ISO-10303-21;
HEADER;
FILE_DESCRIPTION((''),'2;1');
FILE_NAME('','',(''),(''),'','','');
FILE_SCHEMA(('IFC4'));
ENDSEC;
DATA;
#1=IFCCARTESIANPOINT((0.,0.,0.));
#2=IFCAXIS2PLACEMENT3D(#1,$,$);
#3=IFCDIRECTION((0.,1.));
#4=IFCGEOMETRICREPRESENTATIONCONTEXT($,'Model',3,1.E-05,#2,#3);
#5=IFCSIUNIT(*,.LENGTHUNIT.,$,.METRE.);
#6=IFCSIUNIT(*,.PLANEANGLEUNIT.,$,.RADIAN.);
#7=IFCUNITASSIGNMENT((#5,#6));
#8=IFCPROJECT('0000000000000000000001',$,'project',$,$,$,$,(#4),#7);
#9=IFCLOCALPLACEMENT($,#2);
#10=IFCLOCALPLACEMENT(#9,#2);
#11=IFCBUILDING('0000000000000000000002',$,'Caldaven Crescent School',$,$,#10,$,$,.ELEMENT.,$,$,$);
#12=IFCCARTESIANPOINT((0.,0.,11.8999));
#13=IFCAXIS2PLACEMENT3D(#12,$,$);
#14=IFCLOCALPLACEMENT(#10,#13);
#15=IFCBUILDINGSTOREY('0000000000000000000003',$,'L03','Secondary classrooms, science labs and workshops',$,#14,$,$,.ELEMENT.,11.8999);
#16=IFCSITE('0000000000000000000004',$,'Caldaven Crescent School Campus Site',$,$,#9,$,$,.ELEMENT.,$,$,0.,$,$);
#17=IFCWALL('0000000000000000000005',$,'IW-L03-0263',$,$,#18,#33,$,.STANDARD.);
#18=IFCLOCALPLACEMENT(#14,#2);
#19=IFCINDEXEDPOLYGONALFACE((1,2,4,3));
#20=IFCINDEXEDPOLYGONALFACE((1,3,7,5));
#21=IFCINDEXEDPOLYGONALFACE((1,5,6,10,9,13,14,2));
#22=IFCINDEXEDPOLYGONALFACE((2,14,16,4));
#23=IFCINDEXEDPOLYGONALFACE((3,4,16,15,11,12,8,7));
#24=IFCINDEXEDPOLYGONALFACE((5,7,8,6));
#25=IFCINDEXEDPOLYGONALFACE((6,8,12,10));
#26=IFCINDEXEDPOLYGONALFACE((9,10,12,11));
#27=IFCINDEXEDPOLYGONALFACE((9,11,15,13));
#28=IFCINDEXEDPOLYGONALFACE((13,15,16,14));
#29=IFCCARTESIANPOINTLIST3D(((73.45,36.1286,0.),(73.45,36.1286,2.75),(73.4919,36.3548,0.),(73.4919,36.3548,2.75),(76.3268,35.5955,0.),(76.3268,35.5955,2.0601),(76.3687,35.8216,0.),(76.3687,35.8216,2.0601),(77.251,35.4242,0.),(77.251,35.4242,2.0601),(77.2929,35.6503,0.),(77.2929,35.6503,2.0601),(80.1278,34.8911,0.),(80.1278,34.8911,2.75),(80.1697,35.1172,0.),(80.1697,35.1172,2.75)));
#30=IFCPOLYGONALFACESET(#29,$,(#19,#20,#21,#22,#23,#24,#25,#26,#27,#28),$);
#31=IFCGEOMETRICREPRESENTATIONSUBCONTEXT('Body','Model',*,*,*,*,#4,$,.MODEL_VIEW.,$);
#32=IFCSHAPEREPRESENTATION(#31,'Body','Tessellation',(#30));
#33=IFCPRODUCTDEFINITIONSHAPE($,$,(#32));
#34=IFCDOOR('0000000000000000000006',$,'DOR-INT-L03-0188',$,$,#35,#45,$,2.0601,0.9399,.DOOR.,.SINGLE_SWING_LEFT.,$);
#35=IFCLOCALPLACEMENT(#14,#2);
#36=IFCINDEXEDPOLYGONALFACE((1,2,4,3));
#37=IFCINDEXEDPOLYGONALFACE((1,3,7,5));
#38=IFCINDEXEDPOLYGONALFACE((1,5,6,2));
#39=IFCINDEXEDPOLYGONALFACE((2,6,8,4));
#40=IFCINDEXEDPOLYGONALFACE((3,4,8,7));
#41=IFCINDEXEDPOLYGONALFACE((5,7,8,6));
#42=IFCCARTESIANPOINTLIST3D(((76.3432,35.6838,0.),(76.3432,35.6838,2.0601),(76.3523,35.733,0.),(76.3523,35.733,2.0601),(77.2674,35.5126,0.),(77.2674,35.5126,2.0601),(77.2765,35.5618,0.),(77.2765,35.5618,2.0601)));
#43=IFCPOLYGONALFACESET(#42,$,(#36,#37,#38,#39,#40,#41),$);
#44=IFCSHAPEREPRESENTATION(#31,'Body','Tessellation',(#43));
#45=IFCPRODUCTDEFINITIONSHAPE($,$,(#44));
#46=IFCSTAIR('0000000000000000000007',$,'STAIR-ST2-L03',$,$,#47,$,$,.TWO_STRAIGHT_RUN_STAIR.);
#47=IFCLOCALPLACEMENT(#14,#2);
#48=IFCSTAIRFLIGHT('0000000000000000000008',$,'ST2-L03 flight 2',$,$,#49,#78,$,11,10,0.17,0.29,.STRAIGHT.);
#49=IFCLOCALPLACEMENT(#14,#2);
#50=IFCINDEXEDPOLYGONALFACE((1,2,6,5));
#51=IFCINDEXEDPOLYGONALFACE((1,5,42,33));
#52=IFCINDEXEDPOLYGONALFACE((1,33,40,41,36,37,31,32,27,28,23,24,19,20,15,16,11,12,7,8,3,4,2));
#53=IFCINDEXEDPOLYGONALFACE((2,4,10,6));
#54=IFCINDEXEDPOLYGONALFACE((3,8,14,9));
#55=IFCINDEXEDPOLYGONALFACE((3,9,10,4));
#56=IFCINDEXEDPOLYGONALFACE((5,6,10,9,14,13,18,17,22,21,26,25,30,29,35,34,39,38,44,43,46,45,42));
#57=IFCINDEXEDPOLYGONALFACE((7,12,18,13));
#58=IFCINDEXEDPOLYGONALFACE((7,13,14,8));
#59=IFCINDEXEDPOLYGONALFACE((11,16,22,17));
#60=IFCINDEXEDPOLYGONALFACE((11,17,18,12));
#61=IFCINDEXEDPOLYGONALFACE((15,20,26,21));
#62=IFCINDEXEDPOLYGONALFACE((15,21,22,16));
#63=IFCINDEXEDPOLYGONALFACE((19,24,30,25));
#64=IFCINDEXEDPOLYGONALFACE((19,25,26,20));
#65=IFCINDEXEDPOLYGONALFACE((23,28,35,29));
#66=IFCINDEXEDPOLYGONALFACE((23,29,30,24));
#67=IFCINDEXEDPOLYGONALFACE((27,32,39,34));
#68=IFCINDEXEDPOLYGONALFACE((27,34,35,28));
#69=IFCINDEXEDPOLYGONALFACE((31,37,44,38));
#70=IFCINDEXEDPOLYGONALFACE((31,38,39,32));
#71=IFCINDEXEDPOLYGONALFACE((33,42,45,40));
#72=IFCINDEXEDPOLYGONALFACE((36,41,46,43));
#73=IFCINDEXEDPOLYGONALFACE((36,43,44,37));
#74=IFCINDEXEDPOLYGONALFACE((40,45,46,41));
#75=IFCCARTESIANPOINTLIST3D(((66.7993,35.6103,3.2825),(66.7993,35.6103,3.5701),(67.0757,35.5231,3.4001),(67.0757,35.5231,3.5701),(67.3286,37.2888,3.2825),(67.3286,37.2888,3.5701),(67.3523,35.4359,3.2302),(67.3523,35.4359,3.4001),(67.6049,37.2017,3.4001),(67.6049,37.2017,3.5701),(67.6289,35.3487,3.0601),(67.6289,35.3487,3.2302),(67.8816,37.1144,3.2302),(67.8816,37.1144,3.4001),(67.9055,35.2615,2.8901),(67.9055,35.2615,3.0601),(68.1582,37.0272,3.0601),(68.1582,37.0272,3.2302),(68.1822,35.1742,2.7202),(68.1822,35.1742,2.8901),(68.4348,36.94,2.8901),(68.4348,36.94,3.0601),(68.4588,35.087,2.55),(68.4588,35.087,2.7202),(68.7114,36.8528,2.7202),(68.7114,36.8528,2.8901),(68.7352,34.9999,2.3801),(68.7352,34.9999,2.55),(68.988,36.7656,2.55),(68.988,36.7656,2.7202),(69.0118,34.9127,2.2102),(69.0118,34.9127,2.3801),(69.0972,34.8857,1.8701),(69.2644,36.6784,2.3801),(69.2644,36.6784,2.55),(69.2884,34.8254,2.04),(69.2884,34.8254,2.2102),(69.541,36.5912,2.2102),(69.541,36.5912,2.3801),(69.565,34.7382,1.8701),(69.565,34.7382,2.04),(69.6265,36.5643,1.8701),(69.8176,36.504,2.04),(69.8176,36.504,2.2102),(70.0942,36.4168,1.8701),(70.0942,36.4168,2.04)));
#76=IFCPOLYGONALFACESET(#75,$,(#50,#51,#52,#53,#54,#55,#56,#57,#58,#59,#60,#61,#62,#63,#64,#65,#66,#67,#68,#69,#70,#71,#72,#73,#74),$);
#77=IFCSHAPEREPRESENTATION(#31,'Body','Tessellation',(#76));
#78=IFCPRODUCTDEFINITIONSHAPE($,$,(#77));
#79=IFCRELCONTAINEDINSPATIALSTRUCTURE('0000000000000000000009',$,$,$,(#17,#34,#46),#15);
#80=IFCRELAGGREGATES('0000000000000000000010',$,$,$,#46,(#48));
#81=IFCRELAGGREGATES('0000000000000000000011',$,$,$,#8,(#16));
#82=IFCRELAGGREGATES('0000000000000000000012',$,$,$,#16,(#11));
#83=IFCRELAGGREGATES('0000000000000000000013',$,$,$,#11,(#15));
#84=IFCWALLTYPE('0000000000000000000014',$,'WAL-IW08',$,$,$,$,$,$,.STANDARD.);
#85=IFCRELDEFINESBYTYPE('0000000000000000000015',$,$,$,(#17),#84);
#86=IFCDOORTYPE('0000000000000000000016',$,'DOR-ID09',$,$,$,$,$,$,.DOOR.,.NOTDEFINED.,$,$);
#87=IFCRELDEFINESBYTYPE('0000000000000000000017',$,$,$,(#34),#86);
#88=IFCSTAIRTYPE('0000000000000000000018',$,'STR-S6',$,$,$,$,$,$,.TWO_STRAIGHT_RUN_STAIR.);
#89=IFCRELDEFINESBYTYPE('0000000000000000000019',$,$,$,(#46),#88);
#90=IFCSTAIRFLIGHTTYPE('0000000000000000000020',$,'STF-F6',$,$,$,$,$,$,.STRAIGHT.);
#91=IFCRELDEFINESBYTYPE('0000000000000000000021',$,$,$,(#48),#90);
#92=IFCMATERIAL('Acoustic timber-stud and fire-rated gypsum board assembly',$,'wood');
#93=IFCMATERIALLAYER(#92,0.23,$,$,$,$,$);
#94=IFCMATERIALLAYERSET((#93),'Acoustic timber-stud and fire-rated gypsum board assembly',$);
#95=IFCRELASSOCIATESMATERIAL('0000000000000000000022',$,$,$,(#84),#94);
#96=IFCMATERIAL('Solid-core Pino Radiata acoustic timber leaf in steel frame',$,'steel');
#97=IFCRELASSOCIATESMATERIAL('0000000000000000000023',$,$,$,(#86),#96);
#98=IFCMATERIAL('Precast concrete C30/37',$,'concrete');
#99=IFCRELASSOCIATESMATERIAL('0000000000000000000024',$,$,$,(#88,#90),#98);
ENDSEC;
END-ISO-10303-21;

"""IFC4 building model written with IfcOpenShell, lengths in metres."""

from ifc_helpers import new_model, si_unit, direction, frame, frame_2d, origin, place, context, subcontext, project, spatial, polyline, rectangle, outline, extrude, material, layer, layer_set, type_object, element, fill, aggregate, save


model = new_model("IFC4")

# Units and contexts
model_context = context("Model", 3, precision=1e-05, world=origin(), true_north=direction((0.0, 1.0)))
body_context = subcontext(model_context, "Body", "Model", "MODEL_VIEW")
ifc_project = project(units=[si_unit("LENGTHUNIT", "METRE"), si_unit("PLANEANGLEUNIT", "RADIAN")], contexts=[model_context])

# Site, building, storey
site_placement = place(None, origin())
site = spatial("IfcSite", under=ifc_project, at=site_placement, Name="Caldaven Crescent School Campus Site", CompositionType="ELEMENT", RefElevation=0.0)
building_placement = place(site_placement, origin())
building = spatial("IfcBuilding", under=site, at=building_placement, Name="Caldaven Crescent School", CompositionType="ELEMENT")
storey_placement = place(building_placement, frame((0.0, 0.0, 11.8999)))
storey = spatial("IfcBuildingStorey", under=building, at=storey_placement, Name="L03", Description="Secondary classrooms, science labs and workshops", CompositionType="ELEMENT", Elevation=11.8999)

# Wall, opening, door
ifc_material_1 = material(Name="Acoustic timber-stud and fire-rated gypsum board assembly", Category="wood")
ifc_material_2 = material(Name="Solid-core Pino Radiata acoustic timber leaf in steel frame", Category="steel")
ifc_layer_1 = layer(ifc_material_1, 0.23)
ifc_layer_set_1 = layer_set([ifc_layer_1], Name="Acoustic timber-stud and fire-rated gypsum board assembly")
wall_type_1 = type_object("IfcWallType", Name="WAL-IW08", PredefinedType="STANDARD", material=ifc_layer_set_1)
wall_1_placement = place(storey_placement, frame((73.4709, 36.2417, 0.0), z_axis=(0.0, 0.0, 1.0), x_axis=(0.983257, -0.182222, 0.0)))
wall_1 = element("IfcWall", 1, at=wall_1_placement, inside=storey, type_object=wall_type_1, Name="IW-L03-0263", PredefinedType="STANDARD", context=body_context, shape_type="SweptSolid", body=[
    extrude(rectangle(XDim=6.7915, YDim=0.23, at=frame_2d((3.3958, 0.0))), origin(), (0.0, 0.0, 1.0), 2.75),
])
opening_1_placement = place(wall_1_placement, frame((2.9258, 0.0, 0.0)))
opening_1 = element("IfcOpeningElement", 2, at=opening_1_placement, cuts=wall_1, PredefinedType="OPENING", context=body_context, shape_type="SweptSolid", body=[
    extrude(rectangle(XDim=0.9399, YDim=2.0601, at=frame_2d((0.47, 1.03))), frame((0.0, 0.125, 0.0), z_axis=(0.0, -1.0, 0.0), x_axis=(1.0, 0.0, 0.0)), (0.0, 0.0, 1.0), 0.25),
])
door_type_1 = type_object("IfcDoorType", Name="DOR-ID09", OperationType="NOTDEFINED", PredefinedType="DOOR", material=ifc_material_2)
door_1_placement = place(opening_1_placement, origin())
door_1 = element("IfcDoor", 3, at=door_1_placement, inside=storey, type_object=door_type_1, Name="DOR-INT-L03-0188", OperationType="SINGLE_SWING_LEFT", OverallHeight=2.0601, OverallWidth=0.9399, PredefinedType="DOOR", context=body_context, shape_type="SweptSolid", body=[
    extrude(rectangle(XDim=0.9399, YDim=2.0601, at=frame_2d((0.47, 1.03))), frame((0.0, 0.0249, 0.0), z_axis=(0.0, -1.0, 0.0), x_axis=(1.0, 0.0, 0.0)), (0.0, 0.0, 1.0), 0.05),
])
fill(opening_1, door_1)

# Stair, stair flight
ifc_material_3 = material(Name="Precast concrete C30/37", Category="concrete")
stair_type = type_object("IfcStairType", Name="STR-S6", PredefinedType="TWO_STRAIGHT_RUN_STAIR", material=ifc_material_3)
stair_placement = place(storey_placement, origin())
stair = element("IfcStair", 4, at=stair_placement, inside=storey, type_object=stair_type, Name="STAIR-ST2-L03", PredefinedType="TWO_STRAIGHT_RUN_STAIR")
stair_flight_type = type_object("IfcStairFlightType", Name="STF-F6", PredefinedType="STRAIGHT", material=ifc_material_3)
stair_flight_placement = place(storey_placement, frame((69.8296, 35.5774, 1.8701), z_axis=(0.0, 0.0, 1.0), x_axis=(-0.953717, 0.300706, 0.0)))
stair_flight = element("IfcStairFlight", 5, at=stair_flight_placement, type_object=stair_flight_type, Name="ST2-L03 flight 2", NumberOfRisers=11, NumberOfTreads=10, PredefinedType="STRAIGHT", RiserHeight=0.17, TreadLength=0.29, context=body_context, shape_type="SweptSolid", body=[
    extrude(outline(polyline([(0.0, 0.0), (0.0, 0.1699), (0.29, 0.1699), (0.29, 0.3401), (0.5801, 0.3401), (0.5801, 0.51), (0.8701, 0.51), (0.8701, 0.6799), (1.1599, 0.6799), (1.1599, 0.8501), (1.45, 0.8501), (1.45, 1.02), (1.74, 1.02), (1.74, 1.1899), (2.03, 1.1899), (2.03, 1.3601), (2.3201, 1.3601), (2.3201, 1.53), (2.6101, 1.53), (2.6101, 1.7), (2.8999, 1.7), (2.8999, 1.8701), (2.8999, 1.4124), (0.4905, 0.0), (0.0, 0.0)])), frame((0.0, 0.8799, 0.0), z_axis=(0.0, -1.0, 0.0), x_axis=(1.0, 0.0, 0.0)), (0.0, 0.0, 1.0), 1.76),
])
aggregate(stair, [stair_flight])

save(model, "model.ifc")
